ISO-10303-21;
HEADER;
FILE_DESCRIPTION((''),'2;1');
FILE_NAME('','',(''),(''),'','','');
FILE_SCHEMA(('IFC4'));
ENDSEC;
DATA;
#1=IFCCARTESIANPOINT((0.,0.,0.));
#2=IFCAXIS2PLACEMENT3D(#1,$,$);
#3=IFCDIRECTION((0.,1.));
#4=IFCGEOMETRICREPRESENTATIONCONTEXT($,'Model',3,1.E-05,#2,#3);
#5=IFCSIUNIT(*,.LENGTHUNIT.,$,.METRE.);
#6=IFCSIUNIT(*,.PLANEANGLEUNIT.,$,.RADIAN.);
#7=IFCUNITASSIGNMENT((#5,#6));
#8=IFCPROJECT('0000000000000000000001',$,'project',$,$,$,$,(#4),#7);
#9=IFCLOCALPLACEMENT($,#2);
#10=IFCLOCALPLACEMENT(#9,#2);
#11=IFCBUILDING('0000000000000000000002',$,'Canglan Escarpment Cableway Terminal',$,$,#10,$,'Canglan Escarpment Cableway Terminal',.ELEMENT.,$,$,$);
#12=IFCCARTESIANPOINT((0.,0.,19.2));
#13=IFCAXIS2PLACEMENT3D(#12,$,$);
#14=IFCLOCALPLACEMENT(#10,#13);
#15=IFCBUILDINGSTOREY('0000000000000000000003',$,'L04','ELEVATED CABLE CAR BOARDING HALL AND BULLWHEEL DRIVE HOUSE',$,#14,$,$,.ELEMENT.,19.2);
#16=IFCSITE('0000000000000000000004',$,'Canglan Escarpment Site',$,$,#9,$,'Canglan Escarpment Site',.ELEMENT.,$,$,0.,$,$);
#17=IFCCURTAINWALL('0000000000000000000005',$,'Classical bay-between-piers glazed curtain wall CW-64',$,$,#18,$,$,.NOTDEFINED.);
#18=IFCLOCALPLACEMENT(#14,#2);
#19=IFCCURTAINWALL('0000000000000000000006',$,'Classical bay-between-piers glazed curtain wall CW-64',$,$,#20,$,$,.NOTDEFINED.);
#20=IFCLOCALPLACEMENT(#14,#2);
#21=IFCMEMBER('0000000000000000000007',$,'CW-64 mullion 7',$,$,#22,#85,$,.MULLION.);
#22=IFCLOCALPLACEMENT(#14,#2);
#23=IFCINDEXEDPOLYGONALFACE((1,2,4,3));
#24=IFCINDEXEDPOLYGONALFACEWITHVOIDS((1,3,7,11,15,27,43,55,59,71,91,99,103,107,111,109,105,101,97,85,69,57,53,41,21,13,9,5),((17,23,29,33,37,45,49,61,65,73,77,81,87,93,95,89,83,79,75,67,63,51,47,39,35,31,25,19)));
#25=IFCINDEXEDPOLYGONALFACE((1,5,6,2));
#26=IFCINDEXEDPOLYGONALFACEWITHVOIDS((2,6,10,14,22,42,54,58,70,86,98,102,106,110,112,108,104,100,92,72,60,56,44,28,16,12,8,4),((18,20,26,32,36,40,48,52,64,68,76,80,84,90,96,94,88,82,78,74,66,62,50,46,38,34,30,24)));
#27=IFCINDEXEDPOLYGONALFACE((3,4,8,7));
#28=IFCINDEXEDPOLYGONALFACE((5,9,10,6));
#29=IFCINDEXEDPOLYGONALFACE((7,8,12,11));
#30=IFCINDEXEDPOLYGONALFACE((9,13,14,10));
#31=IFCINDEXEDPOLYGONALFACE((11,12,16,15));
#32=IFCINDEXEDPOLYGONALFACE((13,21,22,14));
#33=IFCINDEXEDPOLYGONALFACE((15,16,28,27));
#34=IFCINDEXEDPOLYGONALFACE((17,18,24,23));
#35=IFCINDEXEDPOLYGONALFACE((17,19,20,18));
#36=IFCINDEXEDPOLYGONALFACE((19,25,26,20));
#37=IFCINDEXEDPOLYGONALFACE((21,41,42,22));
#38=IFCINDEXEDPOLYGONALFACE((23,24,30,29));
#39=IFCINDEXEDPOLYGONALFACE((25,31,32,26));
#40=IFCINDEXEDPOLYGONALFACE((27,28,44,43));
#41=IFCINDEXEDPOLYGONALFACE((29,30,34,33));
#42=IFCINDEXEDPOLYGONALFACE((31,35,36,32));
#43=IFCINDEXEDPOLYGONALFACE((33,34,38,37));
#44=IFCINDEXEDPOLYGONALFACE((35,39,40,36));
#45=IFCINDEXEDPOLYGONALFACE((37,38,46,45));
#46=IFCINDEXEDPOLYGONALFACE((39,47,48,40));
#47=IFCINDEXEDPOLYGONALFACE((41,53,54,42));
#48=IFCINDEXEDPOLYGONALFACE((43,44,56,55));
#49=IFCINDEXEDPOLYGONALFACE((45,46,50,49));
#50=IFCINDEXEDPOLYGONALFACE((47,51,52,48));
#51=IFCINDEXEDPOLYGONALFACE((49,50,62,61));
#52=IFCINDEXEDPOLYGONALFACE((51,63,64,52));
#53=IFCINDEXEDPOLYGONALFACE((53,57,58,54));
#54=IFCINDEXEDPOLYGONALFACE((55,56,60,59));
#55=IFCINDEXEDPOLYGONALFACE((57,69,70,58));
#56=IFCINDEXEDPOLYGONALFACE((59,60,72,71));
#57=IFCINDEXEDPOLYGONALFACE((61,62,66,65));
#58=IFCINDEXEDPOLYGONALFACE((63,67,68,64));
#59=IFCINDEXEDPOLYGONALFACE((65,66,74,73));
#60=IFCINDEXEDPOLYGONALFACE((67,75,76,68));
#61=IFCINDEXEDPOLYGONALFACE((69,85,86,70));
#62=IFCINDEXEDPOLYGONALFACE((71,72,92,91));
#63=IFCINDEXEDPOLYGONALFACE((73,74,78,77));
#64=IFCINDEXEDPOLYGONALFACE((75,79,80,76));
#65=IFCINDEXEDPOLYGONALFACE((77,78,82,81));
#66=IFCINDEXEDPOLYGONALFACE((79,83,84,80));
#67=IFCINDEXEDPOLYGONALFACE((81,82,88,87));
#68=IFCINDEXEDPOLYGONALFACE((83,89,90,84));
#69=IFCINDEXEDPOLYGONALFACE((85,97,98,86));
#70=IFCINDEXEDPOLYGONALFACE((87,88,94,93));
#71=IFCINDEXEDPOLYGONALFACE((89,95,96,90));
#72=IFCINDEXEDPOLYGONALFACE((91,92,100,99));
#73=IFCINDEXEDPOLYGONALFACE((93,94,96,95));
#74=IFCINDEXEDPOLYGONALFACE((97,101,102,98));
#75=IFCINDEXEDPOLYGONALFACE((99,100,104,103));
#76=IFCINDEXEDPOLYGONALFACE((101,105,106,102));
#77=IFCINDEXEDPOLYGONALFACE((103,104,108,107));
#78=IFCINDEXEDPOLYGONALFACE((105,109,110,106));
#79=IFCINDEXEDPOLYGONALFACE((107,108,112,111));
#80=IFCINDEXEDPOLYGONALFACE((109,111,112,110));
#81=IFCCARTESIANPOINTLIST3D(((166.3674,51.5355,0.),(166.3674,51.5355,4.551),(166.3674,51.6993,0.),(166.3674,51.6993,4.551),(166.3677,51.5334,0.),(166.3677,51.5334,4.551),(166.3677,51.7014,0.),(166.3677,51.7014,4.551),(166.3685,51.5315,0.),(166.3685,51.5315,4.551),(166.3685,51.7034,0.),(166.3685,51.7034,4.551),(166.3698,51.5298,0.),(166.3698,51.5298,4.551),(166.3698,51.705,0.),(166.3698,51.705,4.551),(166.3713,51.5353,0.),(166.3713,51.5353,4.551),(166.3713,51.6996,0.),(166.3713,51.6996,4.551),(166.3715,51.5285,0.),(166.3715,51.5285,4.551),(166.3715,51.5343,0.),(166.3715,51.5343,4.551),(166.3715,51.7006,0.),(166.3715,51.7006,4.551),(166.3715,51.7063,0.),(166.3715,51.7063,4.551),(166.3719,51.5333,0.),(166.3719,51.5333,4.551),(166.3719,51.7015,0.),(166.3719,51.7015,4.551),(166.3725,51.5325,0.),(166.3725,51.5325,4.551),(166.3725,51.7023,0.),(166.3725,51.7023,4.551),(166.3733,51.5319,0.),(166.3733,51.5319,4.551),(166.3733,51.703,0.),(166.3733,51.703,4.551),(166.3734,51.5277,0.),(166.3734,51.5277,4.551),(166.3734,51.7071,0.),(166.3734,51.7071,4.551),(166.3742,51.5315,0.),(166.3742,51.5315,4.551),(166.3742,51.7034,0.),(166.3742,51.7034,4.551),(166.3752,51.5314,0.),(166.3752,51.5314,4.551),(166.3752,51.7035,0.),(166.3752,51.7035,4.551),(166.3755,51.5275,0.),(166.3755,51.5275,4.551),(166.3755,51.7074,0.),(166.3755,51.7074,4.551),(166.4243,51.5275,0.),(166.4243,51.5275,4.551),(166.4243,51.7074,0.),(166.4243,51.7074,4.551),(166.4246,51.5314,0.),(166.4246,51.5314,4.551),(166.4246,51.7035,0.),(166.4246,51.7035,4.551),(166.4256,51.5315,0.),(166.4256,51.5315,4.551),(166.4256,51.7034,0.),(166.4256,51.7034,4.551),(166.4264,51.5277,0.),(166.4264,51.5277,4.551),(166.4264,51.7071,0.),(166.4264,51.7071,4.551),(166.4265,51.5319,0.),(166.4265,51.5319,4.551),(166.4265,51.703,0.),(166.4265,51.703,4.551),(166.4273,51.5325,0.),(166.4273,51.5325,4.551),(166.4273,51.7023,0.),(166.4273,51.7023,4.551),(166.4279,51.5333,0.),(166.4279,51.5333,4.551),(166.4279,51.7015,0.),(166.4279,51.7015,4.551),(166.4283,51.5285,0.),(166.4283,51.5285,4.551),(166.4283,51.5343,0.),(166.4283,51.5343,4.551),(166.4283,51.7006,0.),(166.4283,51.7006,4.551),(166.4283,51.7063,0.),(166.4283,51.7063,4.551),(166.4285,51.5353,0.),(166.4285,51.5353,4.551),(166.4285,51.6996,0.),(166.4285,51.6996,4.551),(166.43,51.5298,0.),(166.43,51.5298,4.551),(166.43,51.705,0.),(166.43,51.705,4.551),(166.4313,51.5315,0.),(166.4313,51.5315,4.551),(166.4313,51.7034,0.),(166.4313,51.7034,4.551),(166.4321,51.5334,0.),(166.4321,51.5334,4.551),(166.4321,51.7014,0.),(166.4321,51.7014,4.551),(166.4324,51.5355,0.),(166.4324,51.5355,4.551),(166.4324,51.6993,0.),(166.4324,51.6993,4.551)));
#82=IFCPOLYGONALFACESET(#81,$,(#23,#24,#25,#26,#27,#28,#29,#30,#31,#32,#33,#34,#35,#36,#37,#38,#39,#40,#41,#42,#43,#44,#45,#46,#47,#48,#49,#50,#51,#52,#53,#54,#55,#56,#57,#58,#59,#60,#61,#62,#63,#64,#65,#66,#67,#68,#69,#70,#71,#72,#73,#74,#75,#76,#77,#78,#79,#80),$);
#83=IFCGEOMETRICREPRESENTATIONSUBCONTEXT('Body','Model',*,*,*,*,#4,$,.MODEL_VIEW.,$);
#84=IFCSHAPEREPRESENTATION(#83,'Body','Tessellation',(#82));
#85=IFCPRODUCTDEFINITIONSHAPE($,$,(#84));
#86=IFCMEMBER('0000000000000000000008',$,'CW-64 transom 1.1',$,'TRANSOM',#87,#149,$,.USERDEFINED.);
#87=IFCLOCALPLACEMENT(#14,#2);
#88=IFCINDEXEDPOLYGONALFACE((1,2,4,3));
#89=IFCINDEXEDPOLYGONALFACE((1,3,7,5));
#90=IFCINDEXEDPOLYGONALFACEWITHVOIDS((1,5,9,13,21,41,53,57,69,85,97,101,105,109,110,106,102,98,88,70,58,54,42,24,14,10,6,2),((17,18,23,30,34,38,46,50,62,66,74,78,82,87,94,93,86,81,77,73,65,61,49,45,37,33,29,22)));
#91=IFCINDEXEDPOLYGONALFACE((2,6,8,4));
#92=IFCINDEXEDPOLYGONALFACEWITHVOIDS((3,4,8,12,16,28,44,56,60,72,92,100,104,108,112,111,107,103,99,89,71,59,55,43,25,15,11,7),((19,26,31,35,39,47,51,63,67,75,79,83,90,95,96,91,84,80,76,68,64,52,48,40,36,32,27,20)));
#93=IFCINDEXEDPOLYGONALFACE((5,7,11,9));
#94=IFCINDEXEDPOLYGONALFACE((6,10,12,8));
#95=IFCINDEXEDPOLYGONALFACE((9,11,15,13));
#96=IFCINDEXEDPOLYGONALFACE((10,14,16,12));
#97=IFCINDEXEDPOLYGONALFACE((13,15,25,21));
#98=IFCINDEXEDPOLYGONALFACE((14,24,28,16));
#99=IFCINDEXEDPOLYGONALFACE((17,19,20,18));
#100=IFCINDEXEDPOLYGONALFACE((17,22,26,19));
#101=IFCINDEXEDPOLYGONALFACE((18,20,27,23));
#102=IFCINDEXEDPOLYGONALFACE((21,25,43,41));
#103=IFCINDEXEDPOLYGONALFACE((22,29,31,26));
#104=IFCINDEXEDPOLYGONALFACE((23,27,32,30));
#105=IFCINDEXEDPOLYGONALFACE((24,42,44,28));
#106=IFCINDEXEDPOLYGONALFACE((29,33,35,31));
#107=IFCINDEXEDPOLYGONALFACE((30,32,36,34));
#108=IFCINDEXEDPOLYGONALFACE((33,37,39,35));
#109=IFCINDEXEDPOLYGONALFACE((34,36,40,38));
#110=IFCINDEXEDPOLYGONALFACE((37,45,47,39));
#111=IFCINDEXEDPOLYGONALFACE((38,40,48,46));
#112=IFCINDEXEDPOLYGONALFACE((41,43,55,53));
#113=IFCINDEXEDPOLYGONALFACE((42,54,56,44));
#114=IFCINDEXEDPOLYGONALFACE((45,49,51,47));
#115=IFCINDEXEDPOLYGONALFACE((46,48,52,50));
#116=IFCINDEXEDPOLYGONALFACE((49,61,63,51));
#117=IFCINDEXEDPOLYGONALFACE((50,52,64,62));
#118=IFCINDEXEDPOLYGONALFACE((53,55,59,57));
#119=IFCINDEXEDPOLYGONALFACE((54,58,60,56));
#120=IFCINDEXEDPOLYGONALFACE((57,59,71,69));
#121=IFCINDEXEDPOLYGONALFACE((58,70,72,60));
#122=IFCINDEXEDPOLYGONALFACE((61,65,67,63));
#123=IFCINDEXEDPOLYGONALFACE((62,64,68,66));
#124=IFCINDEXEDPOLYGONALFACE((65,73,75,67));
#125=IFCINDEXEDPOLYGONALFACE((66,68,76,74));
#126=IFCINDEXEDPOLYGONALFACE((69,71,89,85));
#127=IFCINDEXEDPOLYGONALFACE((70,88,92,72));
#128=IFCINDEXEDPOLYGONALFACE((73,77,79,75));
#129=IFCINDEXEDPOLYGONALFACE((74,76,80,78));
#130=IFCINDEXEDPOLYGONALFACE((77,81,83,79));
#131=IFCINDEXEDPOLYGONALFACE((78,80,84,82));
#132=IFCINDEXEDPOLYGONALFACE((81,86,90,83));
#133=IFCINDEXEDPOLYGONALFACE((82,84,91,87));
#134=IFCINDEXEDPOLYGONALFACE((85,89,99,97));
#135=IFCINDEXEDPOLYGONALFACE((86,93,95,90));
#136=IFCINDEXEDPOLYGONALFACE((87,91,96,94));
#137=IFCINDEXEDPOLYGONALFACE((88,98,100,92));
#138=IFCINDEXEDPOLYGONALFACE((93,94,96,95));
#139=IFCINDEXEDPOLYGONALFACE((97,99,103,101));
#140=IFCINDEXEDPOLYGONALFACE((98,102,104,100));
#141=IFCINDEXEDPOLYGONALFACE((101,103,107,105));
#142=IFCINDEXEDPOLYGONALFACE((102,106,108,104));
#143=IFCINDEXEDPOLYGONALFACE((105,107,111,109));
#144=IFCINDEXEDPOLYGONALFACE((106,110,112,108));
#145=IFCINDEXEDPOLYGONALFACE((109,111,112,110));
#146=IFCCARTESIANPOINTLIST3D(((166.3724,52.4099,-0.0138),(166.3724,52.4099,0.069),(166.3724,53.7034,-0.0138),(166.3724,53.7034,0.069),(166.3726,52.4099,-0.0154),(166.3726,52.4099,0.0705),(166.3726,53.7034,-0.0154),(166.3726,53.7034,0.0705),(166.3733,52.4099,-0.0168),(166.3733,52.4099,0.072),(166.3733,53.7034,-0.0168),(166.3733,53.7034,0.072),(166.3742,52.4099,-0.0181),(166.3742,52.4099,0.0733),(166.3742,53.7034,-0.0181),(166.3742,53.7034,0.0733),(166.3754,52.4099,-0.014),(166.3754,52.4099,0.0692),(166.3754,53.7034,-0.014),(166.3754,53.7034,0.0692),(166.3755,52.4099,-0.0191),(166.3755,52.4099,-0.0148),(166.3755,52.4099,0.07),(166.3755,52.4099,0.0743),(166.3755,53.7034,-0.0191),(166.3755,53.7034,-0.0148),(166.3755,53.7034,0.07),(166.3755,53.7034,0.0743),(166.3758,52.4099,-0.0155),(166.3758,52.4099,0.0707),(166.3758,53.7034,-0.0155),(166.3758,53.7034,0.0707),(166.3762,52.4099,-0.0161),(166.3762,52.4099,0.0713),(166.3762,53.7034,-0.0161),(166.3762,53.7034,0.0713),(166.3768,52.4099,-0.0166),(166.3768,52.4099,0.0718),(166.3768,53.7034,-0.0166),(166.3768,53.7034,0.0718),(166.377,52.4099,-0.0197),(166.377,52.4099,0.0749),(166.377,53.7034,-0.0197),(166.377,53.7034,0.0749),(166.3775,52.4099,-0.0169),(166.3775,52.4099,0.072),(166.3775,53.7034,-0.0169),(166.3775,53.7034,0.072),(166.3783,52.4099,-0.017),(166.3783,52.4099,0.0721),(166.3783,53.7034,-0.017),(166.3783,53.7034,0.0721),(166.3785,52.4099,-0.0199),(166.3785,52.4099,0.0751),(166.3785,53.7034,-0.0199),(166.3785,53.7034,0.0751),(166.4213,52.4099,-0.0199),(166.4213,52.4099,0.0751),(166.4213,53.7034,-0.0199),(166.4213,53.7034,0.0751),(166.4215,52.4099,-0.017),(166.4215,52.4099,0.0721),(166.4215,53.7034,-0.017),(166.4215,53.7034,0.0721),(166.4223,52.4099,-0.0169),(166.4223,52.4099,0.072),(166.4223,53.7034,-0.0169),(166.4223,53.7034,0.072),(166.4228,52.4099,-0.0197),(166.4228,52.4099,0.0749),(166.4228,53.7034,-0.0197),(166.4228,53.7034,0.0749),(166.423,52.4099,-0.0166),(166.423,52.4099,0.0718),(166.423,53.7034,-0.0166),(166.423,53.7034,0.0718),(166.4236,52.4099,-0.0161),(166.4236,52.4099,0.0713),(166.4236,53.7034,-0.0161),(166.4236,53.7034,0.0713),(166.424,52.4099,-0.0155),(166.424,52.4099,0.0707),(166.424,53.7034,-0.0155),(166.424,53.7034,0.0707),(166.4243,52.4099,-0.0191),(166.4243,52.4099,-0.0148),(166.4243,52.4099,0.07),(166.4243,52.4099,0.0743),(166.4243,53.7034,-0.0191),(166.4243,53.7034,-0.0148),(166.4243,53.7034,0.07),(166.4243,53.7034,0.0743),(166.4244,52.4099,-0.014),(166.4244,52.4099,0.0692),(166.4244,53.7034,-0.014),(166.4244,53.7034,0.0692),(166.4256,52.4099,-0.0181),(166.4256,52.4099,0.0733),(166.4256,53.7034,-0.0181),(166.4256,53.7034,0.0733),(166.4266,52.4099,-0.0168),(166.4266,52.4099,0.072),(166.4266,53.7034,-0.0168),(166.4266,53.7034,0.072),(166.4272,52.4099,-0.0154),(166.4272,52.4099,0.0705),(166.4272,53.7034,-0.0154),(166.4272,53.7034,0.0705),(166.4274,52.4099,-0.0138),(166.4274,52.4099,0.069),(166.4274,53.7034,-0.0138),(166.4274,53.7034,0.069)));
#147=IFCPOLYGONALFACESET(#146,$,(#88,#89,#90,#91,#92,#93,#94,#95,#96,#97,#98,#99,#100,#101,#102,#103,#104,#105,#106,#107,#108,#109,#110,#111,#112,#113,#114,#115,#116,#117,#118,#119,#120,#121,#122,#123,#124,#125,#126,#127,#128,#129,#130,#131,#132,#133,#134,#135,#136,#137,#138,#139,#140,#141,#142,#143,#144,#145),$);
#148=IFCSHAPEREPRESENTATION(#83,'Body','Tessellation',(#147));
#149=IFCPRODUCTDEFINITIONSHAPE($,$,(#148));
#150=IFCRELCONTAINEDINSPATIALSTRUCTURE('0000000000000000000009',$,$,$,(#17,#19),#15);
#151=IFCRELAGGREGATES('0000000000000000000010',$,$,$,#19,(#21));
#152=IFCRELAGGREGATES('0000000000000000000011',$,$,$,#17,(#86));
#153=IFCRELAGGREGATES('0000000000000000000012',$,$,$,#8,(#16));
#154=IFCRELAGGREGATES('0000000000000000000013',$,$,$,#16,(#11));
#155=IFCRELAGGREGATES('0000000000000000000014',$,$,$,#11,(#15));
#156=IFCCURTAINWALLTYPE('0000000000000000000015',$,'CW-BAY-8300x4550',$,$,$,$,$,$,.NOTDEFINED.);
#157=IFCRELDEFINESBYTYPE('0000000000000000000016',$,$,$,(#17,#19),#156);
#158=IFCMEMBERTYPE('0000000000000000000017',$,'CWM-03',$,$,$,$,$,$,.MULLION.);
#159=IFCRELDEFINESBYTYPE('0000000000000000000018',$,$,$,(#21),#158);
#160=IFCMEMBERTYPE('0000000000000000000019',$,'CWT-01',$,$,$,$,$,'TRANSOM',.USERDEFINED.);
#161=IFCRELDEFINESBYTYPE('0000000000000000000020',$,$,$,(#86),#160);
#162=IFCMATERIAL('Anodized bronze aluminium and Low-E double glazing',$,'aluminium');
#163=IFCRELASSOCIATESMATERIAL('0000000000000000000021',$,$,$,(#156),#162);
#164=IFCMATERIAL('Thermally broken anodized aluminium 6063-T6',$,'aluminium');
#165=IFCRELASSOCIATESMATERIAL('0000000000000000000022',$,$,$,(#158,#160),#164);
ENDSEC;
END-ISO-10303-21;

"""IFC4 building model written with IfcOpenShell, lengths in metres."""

from ifc_helpers import new_model, si_unit, direction, frame, origin, origin_2d, place, context, subcontext, project, spatial, hollow_rectangle, extrude, material, material_profile, profile_set, type_object, element, aggregate, save


model = new_model("IFC4")

# Units and contexts
model_context = context("Model", 3, precision=1e-05, world=origin(), true_north=direction((0.0, 1.0)))
body_context = subcontext(model_context, "Body", "Model", "MODEL_VIEW")
ifc_project = project(units=[si_unit("LENGTHUNIT", "METRE"), si_unit("PLANEANGLEUNIT", "RADIAN")], contexts=[model_context])

# Site, building, storey
site_placement = place(None, origin())
site = spatial("IfcSite", under=ifc_project, at=site_placement, Name="Canglan Escarpment Site", LongName="Canglan Escarpment Site", CompositionType="ELEMENT", RefElevation=0.0)
building_placement = place(site_placement, origin())
building = spatial("IfcBuilding", under=site, at=building_placement, Name="Canglan Escarpment Cableway Terminal", LongName="Canglan Escarpment Cableway Terminal", CompositionType="ELEMENT")
storey_placement = place(building_placement, frame((0.0, 0.0, 19.2)))
storey = spatial("IfcBuildingStorey", under=building, at=storey_placement, Name="L04", Description="ELEVATED CABLE CAR BOARDING HALL AND BULLWHEEL DRIVE HOUSE", CompositionType="ELEMENT", Elevation=19.2)

# Curtain wall
ifc_material_1 = material(Name="Anodized bronze aluminium and Low-E double glazing", Category="aluminium")
curtain_wall_type = type_object("IfcCurtainWallType", Name="CW-BAY-8300x4550", PredefinedType="NOTDEFINED", material=ifc_material_1)
curtain_wall_1_placement = place(storey_placement, origin())
curtain_wall_1 = element("IfcCurtainWall", 1, at=curtain_wall_1_placement, inside=storey, type_object=curtain_wall_type, Name="Classical bay-between-piers glazed curtain wall CW-64", PredefinedType="NOTDEFINED")
ifc_material_2 = material(Name="Thermally broken anodized aluminium 6063-T6", Category="aluminium")

# Curtain wall, member
curtain_wall_2_placement = place(storey_placement, origin())
curtain_wall_2 = element("IfcCurtainWall", 2, at=curtain_wall_2_placement, inside=storey, type_object=curtain_wall_type, Name="Classical bay-between-piers glazed curtain wall CW-64", PredefinedType="NOTDEFINED")
ifc_material_profile_1 = material_profile(ifc_material_2, hollow_rectangle(XDim=0.0649, YDim=0.1799, WallThickness=0.0039, InnerFilletRadius=0.0039, OuterFilletRadius=0.0081, at=origin_2d()), Name="ALU-MULL 65x180x4")
ifc_profile_set_1 = profile_set([ifc_material_profile_1], Name="Thermally broken anodized aluminium 6063-T6")
member_type_1 = type_object("IfcMemberType", Name="CWM-03", PredefinedType="MULLION", material=ifc_profile_set_1)
member_1_placement = place(storey_placement, frame((166.3999, 51.6174, 0.0), z_axis=(0.0, 0.0, 1.0), x_axis=(-1.0, 0.0, 0.0)))
member_1 = element("IfcMember", 3, at=member_1_placement, type_object=member_type_1, Name="CW-64 mullion 7", PredefinedType="MULLION", context=body_context, shape_type="SweptSolid", body=[
    extrude(hollow_rectangle(XDim=0.0649, YDim=0.1799, WallThickness=0.0039, InnerFilletRadius=0.0039, OuterFilletRadius=0.0081, at=origin_2d()), origin(), (0.0, 0.0, 1.0), 4.551),
])

# Member
ifc_material_profile_2 = material_profile(ifc_material_2, hollow_rectangle(XDim=0.0549, YDim=0.095, WallThickness=0.0029, InnerFilletRadius=0.0029, OuterFilletRadius=0.0061, at=origin_2d()), Name="ALU-TRAN 55x95x3")
ifc_profile_set_2 = profile_set([ifc_material_profile_2], Name="Thermally broken anodized aluminium 6063-T6")
member_type_2 = type_object("IfcMemberType", Name="CWT-01", ElementType="TRANSOM", PredefinedType="USERDEFINED", material=ifc_profile_set_2)
member_2_placement = place(storey_placement, frame((166.3999, 52.4099, 0.0276), z_axis=(0.0, 1.0, 0.0), x_axis=(-1.0, 0.0, 0.0)))
member_2 = element("IfcMember", 4, at=member_2_placement, type_object=member_type_2, Name="CW-64 transom 1.1", ObjectType="TRANSOM", PredefinedType="USERDEFINED", context=body_context, shape_type="SweptSolid", body=[
    extrude(hollow_rectangle(XDim=0.0549, YDim=0.095, WallThickness=0.0029, InnerFilletRadius=0.0029, OuterFilletRadius=0.0061, at=origin_2d()), origin(), (0.0, 0.0, 1.0), 1.2935),
])

aggregate(curtain_wall_2, [member_1])
aggregate(curtain_wall_1, [member_2])

save(model, "model.ifc")
